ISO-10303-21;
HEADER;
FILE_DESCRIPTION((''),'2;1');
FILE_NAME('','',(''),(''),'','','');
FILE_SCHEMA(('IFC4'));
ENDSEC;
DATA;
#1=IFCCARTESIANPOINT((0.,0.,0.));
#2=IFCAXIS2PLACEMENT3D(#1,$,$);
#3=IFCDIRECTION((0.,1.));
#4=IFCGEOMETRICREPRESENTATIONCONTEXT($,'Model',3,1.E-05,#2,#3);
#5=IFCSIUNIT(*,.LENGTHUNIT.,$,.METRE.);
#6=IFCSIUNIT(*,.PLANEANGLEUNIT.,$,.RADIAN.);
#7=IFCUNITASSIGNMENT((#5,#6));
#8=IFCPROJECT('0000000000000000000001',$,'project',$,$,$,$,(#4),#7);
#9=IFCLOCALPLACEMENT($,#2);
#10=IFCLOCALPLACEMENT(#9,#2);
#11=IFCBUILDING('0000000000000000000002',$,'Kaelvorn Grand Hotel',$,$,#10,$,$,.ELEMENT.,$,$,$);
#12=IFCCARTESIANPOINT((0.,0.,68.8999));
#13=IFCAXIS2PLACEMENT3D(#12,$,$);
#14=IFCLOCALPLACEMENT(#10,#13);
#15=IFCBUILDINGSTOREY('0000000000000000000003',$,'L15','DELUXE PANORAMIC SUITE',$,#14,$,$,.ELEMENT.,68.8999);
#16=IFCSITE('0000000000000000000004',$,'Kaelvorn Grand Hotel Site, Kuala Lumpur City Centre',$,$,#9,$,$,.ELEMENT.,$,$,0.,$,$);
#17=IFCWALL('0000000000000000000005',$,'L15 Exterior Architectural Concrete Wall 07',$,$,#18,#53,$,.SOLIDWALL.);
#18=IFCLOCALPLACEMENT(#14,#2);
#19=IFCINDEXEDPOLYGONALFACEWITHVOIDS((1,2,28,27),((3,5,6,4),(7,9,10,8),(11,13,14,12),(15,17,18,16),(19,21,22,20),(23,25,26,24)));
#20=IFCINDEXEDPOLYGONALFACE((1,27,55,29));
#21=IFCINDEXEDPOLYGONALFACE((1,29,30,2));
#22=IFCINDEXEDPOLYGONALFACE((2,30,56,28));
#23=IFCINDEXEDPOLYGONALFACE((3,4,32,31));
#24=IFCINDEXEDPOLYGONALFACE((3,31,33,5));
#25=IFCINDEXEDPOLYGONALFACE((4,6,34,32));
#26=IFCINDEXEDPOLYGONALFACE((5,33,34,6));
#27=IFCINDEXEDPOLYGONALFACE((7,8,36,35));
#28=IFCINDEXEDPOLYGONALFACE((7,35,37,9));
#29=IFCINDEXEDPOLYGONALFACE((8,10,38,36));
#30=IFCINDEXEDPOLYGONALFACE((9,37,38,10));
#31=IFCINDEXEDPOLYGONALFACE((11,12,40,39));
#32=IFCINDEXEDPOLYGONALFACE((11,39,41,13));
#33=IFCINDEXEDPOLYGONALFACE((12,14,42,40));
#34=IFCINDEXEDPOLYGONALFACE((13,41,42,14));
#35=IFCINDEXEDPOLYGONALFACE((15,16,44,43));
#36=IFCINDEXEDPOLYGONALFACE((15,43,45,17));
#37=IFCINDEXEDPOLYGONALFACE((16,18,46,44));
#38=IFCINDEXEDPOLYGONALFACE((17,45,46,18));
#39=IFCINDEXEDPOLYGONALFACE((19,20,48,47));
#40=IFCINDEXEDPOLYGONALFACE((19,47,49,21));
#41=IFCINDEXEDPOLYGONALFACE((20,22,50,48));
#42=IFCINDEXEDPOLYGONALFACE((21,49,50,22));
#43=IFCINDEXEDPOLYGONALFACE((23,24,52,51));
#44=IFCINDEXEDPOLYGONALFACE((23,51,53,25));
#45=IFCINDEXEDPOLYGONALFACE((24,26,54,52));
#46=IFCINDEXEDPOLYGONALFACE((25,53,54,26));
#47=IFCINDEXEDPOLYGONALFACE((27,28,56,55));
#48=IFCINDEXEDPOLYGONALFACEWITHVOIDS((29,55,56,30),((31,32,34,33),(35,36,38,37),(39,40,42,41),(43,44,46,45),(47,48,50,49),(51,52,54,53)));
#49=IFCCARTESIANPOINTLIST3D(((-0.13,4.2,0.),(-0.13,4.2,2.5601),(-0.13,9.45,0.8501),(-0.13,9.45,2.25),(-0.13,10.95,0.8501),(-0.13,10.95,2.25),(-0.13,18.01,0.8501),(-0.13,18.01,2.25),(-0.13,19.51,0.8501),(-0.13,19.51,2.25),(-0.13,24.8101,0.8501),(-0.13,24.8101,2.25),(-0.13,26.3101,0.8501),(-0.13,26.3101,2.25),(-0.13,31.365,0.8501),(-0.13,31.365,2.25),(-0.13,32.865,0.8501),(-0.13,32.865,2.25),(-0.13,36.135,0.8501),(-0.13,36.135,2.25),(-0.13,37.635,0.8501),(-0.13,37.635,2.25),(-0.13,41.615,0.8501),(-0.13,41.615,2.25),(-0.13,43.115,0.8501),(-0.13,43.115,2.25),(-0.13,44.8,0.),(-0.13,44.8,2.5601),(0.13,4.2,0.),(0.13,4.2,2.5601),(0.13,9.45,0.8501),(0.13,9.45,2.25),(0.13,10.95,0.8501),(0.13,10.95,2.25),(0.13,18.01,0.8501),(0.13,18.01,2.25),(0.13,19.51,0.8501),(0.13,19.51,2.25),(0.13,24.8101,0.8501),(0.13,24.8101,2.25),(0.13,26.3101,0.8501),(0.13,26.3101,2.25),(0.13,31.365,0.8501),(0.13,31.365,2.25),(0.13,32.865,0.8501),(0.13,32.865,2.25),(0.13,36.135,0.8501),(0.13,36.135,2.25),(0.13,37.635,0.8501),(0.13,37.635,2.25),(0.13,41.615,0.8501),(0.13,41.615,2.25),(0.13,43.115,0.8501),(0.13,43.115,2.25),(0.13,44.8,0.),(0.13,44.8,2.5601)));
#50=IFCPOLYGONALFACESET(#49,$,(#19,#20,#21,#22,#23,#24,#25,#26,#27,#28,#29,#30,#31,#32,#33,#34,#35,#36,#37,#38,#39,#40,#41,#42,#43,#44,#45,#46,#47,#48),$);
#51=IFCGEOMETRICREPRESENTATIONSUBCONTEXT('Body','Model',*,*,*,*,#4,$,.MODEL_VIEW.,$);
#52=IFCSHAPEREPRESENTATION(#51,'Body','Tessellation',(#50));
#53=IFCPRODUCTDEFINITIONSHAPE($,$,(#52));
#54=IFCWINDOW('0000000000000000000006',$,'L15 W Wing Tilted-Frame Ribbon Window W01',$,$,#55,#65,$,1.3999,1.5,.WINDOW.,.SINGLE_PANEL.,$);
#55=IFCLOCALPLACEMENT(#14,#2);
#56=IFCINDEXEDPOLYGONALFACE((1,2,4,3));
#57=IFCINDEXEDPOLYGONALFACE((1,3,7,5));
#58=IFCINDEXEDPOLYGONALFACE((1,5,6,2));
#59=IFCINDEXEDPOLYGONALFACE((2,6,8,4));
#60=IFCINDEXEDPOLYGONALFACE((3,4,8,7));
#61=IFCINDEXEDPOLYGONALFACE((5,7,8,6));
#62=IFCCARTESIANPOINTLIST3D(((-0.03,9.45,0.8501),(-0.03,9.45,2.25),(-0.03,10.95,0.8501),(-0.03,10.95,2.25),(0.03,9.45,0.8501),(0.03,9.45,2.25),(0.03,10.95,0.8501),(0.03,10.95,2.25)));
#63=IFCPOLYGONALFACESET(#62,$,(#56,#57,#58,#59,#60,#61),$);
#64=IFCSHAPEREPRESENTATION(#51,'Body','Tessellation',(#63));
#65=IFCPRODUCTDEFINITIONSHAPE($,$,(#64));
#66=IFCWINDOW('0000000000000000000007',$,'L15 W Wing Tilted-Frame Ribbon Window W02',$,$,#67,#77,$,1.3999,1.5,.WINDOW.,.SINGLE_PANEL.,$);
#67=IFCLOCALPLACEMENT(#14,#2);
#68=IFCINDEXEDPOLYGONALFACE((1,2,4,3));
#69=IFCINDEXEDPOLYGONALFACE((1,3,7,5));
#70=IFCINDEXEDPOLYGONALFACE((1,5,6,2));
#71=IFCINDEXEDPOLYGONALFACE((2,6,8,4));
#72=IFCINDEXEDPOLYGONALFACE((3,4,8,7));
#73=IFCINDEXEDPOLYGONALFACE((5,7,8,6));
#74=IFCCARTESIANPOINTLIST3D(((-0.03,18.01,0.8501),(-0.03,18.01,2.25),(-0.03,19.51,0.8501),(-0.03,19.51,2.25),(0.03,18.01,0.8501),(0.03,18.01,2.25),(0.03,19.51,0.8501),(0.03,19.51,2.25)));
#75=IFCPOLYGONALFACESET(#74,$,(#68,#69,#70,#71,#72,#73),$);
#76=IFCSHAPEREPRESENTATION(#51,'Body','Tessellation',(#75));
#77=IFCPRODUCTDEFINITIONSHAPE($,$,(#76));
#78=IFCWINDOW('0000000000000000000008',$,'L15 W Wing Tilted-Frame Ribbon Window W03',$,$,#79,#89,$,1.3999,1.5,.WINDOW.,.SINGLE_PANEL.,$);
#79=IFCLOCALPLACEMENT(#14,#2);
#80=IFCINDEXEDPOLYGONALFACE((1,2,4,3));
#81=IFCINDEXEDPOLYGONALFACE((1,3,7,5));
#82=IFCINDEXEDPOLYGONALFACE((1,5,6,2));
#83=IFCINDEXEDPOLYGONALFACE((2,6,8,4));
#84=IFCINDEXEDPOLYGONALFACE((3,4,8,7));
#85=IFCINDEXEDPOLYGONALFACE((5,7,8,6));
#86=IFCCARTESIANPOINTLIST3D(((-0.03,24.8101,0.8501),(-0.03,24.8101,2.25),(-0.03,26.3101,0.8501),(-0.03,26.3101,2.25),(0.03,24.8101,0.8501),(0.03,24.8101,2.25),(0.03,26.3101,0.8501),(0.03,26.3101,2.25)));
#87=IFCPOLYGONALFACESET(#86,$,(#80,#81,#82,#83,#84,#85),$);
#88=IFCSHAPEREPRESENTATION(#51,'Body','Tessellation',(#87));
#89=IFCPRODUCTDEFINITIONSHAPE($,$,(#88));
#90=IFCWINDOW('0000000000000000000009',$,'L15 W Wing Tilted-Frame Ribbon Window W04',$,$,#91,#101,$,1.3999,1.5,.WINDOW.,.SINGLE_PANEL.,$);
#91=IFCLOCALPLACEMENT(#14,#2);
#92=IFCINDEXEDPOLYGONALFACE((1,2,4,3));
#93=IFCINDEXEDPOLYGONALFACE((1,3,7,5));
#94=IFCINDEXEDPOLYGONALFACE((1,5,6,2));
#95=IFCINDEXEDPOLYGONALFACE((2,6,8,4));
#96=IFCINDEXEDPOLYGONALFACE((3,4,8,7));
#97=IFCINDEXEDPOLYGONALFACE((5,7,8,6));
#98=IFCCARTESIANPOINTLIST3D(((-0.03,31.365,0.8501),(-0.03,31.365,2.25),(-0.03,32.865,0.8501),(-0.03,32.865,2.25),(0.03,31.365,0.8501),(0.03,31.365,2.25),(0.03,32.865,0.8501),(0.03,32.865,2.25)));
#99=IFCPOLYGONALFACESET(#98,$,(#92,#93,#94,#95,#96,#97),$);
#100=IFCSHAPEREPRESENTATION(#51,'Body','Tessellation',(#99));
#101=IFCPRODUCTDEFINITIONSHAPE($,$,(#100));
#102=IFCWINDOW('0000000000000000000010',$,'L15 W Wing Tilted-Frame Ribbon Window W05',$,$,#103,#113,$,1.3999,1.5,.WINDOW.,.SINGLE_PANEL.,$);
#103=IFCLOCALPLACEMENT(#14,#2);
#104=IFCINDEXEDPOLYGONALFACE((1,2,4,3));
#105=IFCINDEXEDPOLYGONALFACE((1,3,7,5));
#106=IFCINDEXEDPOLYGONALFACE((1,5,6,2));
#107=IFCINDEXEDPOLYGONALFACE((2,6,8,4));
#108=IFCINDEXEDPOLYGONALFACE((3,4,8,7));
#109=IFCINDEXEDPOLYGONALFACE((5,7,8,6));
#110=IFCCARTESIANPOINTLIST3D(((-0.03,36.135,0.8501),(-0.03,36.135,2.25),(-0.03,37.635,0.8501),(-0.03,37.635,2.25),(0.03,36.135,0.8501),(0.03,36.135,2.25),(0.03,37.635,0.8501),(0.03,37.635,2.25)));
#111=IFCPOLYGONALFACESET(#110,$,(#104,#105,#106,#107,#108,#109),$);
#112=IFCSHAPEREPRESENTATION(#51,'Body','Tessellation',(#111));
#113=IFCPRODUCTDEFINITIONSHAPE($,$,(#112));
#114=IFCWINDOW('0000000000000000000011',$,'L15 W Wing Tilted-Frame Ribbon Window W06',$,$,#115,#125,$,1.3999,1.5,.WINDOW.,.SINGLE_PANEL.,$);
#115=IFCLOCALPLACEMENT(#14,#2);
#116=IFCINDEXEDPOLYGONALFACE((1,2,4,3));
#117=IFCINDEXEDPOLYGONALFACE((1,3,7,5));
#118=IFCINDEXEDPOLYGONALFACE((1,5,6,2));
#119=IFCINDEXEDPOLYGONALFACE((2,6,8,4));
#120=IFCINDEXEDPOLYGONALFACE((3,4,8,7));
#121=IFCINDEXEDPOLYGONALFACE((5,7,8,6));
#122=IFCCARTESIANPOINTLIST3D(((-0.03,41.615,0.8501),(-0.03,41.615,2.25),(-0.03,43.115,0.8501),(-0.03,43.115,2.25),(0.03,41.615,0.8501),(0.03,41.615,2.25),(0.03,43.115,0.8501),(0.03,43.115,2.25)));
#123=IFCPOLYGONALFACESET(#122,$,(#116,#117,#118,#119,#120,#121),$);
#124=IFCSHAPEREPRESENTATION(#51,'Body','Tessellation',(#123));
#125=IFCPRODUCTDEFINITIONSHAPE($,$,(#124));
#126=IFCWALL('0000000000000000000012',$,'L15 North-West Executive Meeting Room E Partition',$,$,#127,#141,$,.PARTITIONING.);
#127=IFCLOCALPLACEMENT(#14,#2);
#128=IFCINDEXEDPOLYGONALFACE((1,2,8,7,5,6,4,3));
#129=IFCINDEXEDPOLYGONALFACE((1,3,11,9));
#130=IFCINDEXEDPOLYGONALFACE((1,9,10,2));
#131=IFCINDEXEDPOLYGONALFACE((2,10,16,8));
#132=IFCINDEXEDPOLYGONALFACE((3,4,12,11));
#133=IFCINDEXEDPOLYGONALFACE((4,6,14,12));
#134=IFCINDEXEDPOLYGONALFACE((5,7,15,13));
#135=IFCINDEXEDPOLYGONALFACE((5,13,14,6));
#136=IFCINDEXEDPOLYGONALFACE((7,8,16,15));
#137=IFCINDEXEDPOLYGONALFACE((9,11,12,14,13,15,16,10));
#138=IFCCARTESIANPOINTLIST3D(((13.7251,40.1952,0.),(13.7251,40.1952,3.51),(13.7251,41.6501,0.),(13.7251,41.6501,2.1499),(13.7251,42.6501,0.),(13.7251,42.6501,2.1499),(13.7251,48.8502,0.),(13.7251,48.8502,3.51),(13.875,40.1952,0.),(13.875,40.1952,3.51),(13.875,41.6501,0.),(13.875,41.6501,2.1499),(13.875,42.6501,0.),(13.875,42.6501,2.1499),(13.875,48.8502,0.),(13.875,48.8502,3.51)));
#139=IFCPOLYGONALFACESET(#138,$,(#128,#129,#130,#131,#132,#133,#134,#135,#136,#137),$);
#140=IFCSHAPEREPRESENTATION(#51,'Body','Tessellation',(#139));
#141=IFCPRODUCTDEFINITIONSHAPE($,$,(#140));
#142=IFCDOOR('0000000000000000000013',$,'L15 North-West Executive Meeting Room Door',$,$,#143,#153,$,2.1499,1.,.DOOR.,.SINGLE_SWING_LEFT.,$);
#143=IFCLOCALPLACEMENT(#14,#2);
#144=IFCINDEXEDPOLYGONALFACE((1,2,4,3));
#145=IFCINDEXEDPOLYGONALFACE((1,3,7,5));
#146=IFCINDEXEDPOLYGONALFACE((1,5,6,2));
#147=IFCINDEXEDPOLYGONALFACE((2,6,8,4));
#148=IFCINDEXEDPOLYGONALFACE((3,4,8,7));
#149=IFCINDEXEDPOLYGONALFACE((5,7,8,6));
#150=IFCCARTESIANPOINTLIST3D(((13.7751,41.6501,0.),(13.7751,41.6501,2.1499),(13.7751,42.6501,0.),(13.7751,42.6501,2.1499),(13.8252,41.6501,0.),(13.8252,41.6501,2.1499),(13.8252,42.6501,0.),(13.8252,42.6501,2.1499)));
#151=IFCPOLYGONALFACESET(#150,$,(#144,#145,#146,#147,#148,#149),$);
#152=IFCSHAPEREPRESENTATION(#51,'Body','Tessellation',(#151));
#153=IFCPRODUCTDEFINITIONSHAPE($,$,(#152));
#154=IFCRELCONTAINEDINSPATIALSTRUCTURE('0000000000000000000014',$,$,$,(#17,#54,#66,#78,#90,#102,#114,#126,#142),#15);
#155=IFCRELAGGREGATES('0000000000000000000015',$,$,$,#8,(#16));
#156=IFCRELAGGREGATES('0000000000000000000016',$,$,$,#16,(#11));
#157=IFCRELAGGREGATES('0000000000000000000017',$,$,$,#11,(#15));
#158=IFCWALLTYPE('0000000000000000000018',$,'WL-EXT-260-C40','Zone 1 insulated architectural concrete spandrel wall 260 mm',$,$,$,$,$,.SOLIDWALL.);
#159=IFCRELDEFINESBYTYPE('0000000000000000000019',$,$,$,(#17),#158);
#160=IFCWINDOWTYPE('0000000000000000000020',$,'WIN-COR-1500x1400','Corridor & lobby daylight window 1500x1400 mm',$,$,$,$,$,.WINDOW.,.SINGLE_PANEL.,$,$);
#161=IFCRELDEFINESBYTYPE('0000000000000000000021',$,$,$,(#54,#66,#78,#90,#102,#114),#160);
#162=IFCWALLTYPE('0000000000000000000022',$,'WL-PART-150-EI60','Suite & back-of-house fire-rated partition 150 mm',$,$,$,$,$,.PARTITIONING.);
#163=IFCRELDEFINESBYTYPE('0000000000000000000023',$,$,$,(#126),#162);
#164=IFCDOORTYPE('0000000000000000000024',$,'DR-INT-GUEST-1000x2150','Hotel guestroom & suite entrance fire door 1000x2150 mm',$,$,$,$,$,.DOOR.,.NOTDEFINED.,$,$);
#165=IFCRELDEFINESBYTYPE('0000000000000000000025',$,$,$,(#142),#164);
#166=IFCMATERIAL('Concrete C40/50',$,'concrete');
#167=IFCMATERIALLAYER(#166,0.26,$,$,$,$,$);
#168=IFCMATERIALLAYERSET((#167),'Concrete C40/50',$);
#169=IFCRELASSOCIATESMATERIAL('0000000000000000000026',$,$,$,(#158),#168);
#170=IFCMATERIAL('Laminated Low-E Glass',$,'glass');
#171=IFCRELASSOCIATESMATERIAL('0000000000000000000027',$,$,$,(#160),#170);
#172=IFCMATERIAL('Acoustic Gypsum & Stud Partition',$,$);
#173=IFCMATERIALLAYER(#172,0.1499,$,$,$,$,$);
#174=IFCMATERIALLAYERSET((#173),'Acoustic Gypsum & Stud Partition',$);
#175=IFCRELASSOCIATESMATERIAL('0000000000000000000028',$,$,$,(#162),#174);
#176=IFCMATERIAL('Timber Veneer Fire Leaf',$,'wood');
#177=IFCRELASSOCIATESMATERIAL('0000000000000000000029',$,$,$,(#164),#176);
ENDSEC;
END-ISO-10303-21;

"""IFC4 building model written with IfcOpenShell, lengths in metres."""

from ifc_helpers import new_model, si_unit, direction, frame, frame_2d, origin, place, context, subcontext, project, spatial, rectangle, extrude, material, layer, layer_set, type_object, element, fill, save


model = new_model("IFC4")

# Units and contexts
model_context = context("Model", 3, precision=1e-05, world=origin(), true_north=direction((0.0, 1.0)))
body_context = subcontext(model_context, "Body", "Model", "MODEL_VIEW")
ifc_project = project(units=[si_unit("LENGTHUNIT", "METRE"), si_unit("PLANEANGLEUNIT", "RADIAN")], contexts=[model_context])

# Site, building, storey
site_placement = place(None, origin())
site = spatial("IfcSite", under=ifc_project, at=site_placement, Name="Kaelvorn Grand Hotel Site, Kuala Lumpur City Centre", CompositionType="ELEMENT", RefElevation=0.0)
building_placement = place(site_placement, origin())
building = spatial("IfcBuilding", under=site, at=building_placement, Name="Kaelvorn Grand Hotel", CompositionType="ELEMENT")
storey_placement = place(building_placement, frame((0.0, 0.0, 68.8999)))
storey = spatial("IfcBuildingStorey", under=building, at=storey_placement, Name="L15", Description="DELUXE PANORAMIC SUITE", CompositionType="ELEMENT", Elevation=68.8999)

# Shared definitions
ifc_material_1 = material(Name="Concrete C40/50", Category="concrete")
ifc_layer_1 = layer(ifc_material_1, 0.26)
ifc_layer_set_1 = layer_set([ifc_layer_1], Name="Concrete C40/50")
wall_type_1 = type_object("IfcWallType", Name="WL-EXT-260-C40", Description="Zone 1 insulated architectural concrete spandrel wall 260 mm", PredefinedType="SOLIDWALL", material=ifc_layer_set_1)

# Wall, openings, windows
wall_1_placement = place(storey_placement, frame((0.0, 44.8, 0.0), z_axis=(0.0, 0.0, 1.0), x_axis=(0.0, -1.0, 0.0)))
wall_1 = element("IfcWall", 1, at=wall_1_placement, inside=storey, type_object=wall_type_1, Name="L15 Exterior Architectural Concrete Wall 07", PredefinedType="SOLIDWALL", context=body_context, shape_type="SweptSolid", body=[
    extrude(rectangle(XDim=40.6001, YDim=0.26, at=frame_2d((20.3, 0.0))), origin(), (0.0, 0.0, 1.0), 2.5601),
])
opening_1_placement = place(wall_1_placement, frame((33.8501, 0.0, 0.8501)))
opening_1 = element("IfcOpeningElement", 2, at=opening_1_placement, cuts=wall_1, PredefinedType="OPENING", context=body_context, shape_type="SweptSolid", body=[
    extrude(rectangle(XDim=1.5, YDim=1.3999, at=frame_2d((0.75, 0.7))), frame((0.0, 0.1401, 0.0), z_axis=(0.0, -1.0, 0.0), x_axis=(1.0, 0.0, 0.0)), (0.0, 0.0, 1.0), 0.28),
])
opening_2_placement = place(wall_1_placement, frame((25.29, 0.0, 0.8501)))
opening_2 = element("IfcOpeningElement", 3, at=opening_2_placement, cuts=wall_1, PredefinedType="OPENING", context=body_context, shape_type="SweptSolid", body=[
    extrude(rectangle(XDim=1.5, YDim=1.3999, at=frame_2d((0.75, 0.7))), frame((0.0, 0.1401, 0.0), z_axis=(0.0, -1.0, 0.0), x_axis=(1.0, 0.0, 0.0)), (0.0, 0.0, 1.0), 0.28),
])
opening_3_placement = place(wall_1_placement, frame((18.49, 0.0, 0.8501)))
opening_3 = element("IfcOpeningElement", 4, at=opening_3_placement, cuts=wall_1, PredefinedType="OPENING", context=body_context, shape_type="SweptSolid", body=[
    extrude(rectangle(XDim=1.5, YDim=1.3999, at=frame_2d((0.75, 0.7))), frame((0.0, 0.1401, 0.0), z_axis=(0.0, -1.0, 0.0), x_axis=(1.0, 0.0, 0.0)), (0.0, 0.0, 1.0), 0.28),
])
opening_4_placement = place(wall_1_placement, frame((11.9351, 0.0, 0.8501)))
opening_4 = element("IfcOpeningElement", 5, at=opening_4_placement, cuts=wall_1, PredefinedType="OPENING", context=body_context, shape_type="SweptSolid", body=[
    extrude(rectangle(XDim=1.5, YDim=1.3999, at=frame_2d((0.75, 0.7))), frame((0.0, 0.1401, 0.0), z_axis=(0.0, -1.0, 0.0), x_axis=(1.0, 0.0, 0.0)), (0.0, 0.0, 1.0), 0.28),
])
opening_5_placement = place(wall_1_placement, frame((7.165, 0.0, 0.8501)))
opening_5 = element("IfcOpeningElement", 6, at=opening_5_placement, cuts=wall_1, PredefinedType="OPENING", context=body_context, shape_type="SweptSolid", body=[
    extrude(rectangle(XDim=1.5, YDim=1.3999, at=frame_2d((0.75, 0.7))), frame((0.0, 0.1401, 0.0), z_axis=(0.0, -1.0, 0.0), x_axis=(1.0, 0.0, 0.0)), (0.0, 0.0, 1.0), 0.28),
])
opening_6_placement = place(wall_1_placement, frame((1.6851, 0.0, 0.8501)))
opening_6 = element("IfcOpeningElement", 7, at=opening_6_placement, cuts=wall_1, PredefinedType="OPENING", context=body_context, shape_type="SweptSolid", body=[
    extrude(rectangle(XDim=1.5, YDim=1.3999, at=frame_2d((0.75, 0.7))), frame((0.0, 0.1401, 0.0), z_axis=(0.0, -1.0, 0.0), x_axis=(1.0, 0.0, 0.0)), (0.0, 0.0, 1.0), 0.28),
])
ifc_material_2 = material(Name="Laminated Low-E Glass", Category="glass")
window_type = type_object("IfcWindowType", Name="WIN-COR-1500x1400", Description="Corridor & lobby daylight window 1500x1400 mm", PartitioningType="SINGLE_PANEL", PredefinedType="WINDOW", material=ifc_material_2)
window_1_placement = place(opening_1_placement, origin())
window_1 = element("IfcWindow", 8, at=window_1_placement, inside=storey, type_object=window_type, Name="L15 W Wing Tilted-Frame Ribbon Window W01", OverallHeight=1.3999, OverallWidth=1.5, PartitioningType="SINGLE_PANEL", PredefinedType="WINDOW", context=body_context, shape_type="SweptSolid", body=[
    extrude(rectangle(XDim=1.5, YDim=1.3999, at=frame_2d((0.75, 0.7))), frame((0.0, 0.03, 0.0), z_axis=(0.0, -1.0, 0.0), x_axis=(1.0, 0.0, 0.0)), (0.0, 0.0, 1.0), 0.0601),
])
fill(opening_1, window_1)
window_2_placement = place(opening_2_placement, origin())
window_2 = element("IfcWindow", 9, at=window_2_placement, inside=storey, type_object=window_type, Name="L15 W Wing Tilted-Frame Ribbon Window W02", OverallHeight=1.3999, OverallWidth=1.5, PartitioningType="SINGLE_PANEL", PredefinedType="WINDOW", context=body_context, shape_type="SweptSolid", body=[
    extrude(rectangle(XDim=1.5, YDim=1.3999, at=frame_2d((0.75, 0.7))), frame((0.0, 0.03, 0.0), z_axis=(0.0, -1.0, 0.0), x_axis=(1.0, 0.0, 0.0)), (0.0, 0.0, 1.0), 0.0601),
])
fill(opening_2, window_2)
window_3_placement = place(opening_3_placement, origin())
window_3 = element("IfcWindow", 10, at=window_3_placement, inside=storey, type_object=window_type, Name="L15 W Wing Tilted-Frame Ribbon Window W03", OverallHeight=1.3999, OverallWidth=1.5, PartitioningType="SINGLE_PANEL", PredefinedType="WINDOW", context=body_context, shape_type="SweptSolid", body=[
    extrude(rectangle(XDim=1.5, YDim=1.3999, at=frame_2d((0.75, 0.7))), frame((0.0, 0.03, 0.0), z_axis=(0.0, -1.0, 0.0), x_axis=(1.0, 0.0, 0.0)), (0.0, 0.0, 1.0), 0.0601),
])
fill(opening_3, window_3)
window_4_placement = place(opening_4_placement, origin())
window_4 = element("IfcWindow", 11, at=window_4_placement, inside=storey, type_object=window_type, Name="L15 W Wing Tilted-Frame Ribbon Window W04", OverallHeight=1.3999, OverallWidth=1.5, PartitioningType="SINGLE_PANEL", PredefinedType="WINDOW", context=body_context, shape_type="SweptSolid", body=[
    extrude(rectangle(XDim=1.5, YDim=1.3999, at=frame_2d((0.75, 0.7))), frame((0.0, 0.03, 0.0), z_axis=(0.0, -1.0, 0.0), x_axis=(1.0, 0.0, 0.0)), (0.0, 0.0, 1.0), 0.0601),
])
fill(opening_4, window_4)
window_5_placement = place(opening_5_placement, origin())
window_5 = element("IfcWindow", 12, at=window_5_placement, inside=storey, type_object=window_type, Name="L15 W Wing Tilted-Frame Ribbon Window W05", OverallHeight=1.3999, OverallWidth=1.5, PartitioningType="SINGLE_PANEL", PredefinedType="WINDOW", context=body_context, shape_type="SweptSolid", body=[
    extrude(rectangle(XDim=1.5, YDim=1.3999, at=frame_2d((0.75, 0.7))), frame((0.0, 0.03, 0.0), z_axis=(0.0, -1.0, 0.0), x_axis=(1.0, 0.0, 0.0)), (0.0, 0.0, 1.0), 0.0601),
])
fill(opening_5, window_5)
window_6_placement = place(opening_6_placement, origin())
window_6 = element("IfcWindow", 13, at=window_6_placement, inside=storey, type_object=window_type, Name="L15 W Wing Tilted-Frame Ribbon Window W06", OverallHeight=1.3999, OverallWidth=1.5, PartitioningType="SINGLE_PANEL", PredefinedType="WINDOW", context=body_context, shape_type="SweptSolid", body=[
    extrude(rectangle(XDim=1.5, YDim=1.3999, at=frame_2d((0.75, 0.7))), frame((0.0, 0.03, 0.0), z_axis=(0.0, -1.0, 0.0), x_axis=(1.0, 0.0, 0.0)), (0.0, 0.0, 1.0), 0.0601),
])
fill(opening_6, window_6)

# Wall, opening, door
ifc_material_3 = material(Name="Acoustic Gypsum & Stud Partition")
ifc_layer_2 = layer(ifc_material_3, 0.1499)
ifc_layer_set_2 = layer_set([ifc_layer_2], Name="Acoustic Gypsum & Stud Partition")
wall_type_2 = type_object("IfcWallType", Name="WL-PART-150-EI60", Description="Suite & back-of-house fire-rated partition 150 mm", PredefinedType="PARTITIONING", material=ifc_layer_set_2)
wall_2_placement = place(storey_placement, frame((13.8, 40.1951, 0.0), z_axis=(0.0, 0.0, 1.0), x_axis=(0.0, 1.0, 0.0)))
wall_2 = element("IfcWall", 14, at=wall_2_placement, inside=storey, type_object=wall_type_2, Name="L15 North-West Executive Meeting Room E Partition", PredefinedType="PARTITIONING", context=body_context, shape_type="SweptSolid", body=[
    extrude(rectangle(XDim=8.655, YDim=0.1499, at=frame_2d((4.3276, 0.0))), origin(), (0.0, 0.0, 1.0), 3.51),
])
opening_7_placement = place(wall_2_placement, frame((1.4551, 0.0, 0.0)))
opening_7 = element("IfcOpeningElement", 15, at=opening_7_placement, cuts=wall_2, PredefinedType="OPENING", context=body_context, shape_type="SweptSolid", body=[
    extrude(rectangle(XDim=1.0, YDim=2.1499, at=frame_2d((0.5, 1.075))), frame((0.0, 0.085, 0.0), z_axis=(0.0, -1.0, 0.0), x_axis=(1.0, 0.0, 0.0)), (0.0, 0.0, 1.0), 0.1699),
])
ifc_material_4 = material(Name="Timber Veneer Fire Leaf", Category="wood")
door_type = type_object("IfcDoorType", Name="DR-INT-GUEST-1000x2150", Description="Hotel guestroom & suite entrance fire door 1000x2150 mm", OperationType="NOTDEFINED", PredefinedType="DOOR", material=ifc_material_4)
door_placement = place(opening_7_placement, origin())
door = element("IfcDoor", 16, at=door_placement, inside=storey, type_object=door_type, Name="L15 North-West Executive Meeting Room Door", OperationType="SINGLE_SWING_LEFT", OverallHeight=2.1499, OverallWidth=1.0, PredefinedType="DOOR", context=body_context, shape_type="SweptSolid", body=[
    extrude(rectangle(XDim=1.0, YDim=2.1499, at=frame_2d((0.5, 1.075))), frame((0.0, 0.0249, 0.0), z_axis=(0.0, -1.0, 0.0), x_axis=(1.0, 0.0, 0.0)), (0.0, 0.0, 1.0), 0.05),
])
fill(opening_7, door)

save(model, "model.ifc")
